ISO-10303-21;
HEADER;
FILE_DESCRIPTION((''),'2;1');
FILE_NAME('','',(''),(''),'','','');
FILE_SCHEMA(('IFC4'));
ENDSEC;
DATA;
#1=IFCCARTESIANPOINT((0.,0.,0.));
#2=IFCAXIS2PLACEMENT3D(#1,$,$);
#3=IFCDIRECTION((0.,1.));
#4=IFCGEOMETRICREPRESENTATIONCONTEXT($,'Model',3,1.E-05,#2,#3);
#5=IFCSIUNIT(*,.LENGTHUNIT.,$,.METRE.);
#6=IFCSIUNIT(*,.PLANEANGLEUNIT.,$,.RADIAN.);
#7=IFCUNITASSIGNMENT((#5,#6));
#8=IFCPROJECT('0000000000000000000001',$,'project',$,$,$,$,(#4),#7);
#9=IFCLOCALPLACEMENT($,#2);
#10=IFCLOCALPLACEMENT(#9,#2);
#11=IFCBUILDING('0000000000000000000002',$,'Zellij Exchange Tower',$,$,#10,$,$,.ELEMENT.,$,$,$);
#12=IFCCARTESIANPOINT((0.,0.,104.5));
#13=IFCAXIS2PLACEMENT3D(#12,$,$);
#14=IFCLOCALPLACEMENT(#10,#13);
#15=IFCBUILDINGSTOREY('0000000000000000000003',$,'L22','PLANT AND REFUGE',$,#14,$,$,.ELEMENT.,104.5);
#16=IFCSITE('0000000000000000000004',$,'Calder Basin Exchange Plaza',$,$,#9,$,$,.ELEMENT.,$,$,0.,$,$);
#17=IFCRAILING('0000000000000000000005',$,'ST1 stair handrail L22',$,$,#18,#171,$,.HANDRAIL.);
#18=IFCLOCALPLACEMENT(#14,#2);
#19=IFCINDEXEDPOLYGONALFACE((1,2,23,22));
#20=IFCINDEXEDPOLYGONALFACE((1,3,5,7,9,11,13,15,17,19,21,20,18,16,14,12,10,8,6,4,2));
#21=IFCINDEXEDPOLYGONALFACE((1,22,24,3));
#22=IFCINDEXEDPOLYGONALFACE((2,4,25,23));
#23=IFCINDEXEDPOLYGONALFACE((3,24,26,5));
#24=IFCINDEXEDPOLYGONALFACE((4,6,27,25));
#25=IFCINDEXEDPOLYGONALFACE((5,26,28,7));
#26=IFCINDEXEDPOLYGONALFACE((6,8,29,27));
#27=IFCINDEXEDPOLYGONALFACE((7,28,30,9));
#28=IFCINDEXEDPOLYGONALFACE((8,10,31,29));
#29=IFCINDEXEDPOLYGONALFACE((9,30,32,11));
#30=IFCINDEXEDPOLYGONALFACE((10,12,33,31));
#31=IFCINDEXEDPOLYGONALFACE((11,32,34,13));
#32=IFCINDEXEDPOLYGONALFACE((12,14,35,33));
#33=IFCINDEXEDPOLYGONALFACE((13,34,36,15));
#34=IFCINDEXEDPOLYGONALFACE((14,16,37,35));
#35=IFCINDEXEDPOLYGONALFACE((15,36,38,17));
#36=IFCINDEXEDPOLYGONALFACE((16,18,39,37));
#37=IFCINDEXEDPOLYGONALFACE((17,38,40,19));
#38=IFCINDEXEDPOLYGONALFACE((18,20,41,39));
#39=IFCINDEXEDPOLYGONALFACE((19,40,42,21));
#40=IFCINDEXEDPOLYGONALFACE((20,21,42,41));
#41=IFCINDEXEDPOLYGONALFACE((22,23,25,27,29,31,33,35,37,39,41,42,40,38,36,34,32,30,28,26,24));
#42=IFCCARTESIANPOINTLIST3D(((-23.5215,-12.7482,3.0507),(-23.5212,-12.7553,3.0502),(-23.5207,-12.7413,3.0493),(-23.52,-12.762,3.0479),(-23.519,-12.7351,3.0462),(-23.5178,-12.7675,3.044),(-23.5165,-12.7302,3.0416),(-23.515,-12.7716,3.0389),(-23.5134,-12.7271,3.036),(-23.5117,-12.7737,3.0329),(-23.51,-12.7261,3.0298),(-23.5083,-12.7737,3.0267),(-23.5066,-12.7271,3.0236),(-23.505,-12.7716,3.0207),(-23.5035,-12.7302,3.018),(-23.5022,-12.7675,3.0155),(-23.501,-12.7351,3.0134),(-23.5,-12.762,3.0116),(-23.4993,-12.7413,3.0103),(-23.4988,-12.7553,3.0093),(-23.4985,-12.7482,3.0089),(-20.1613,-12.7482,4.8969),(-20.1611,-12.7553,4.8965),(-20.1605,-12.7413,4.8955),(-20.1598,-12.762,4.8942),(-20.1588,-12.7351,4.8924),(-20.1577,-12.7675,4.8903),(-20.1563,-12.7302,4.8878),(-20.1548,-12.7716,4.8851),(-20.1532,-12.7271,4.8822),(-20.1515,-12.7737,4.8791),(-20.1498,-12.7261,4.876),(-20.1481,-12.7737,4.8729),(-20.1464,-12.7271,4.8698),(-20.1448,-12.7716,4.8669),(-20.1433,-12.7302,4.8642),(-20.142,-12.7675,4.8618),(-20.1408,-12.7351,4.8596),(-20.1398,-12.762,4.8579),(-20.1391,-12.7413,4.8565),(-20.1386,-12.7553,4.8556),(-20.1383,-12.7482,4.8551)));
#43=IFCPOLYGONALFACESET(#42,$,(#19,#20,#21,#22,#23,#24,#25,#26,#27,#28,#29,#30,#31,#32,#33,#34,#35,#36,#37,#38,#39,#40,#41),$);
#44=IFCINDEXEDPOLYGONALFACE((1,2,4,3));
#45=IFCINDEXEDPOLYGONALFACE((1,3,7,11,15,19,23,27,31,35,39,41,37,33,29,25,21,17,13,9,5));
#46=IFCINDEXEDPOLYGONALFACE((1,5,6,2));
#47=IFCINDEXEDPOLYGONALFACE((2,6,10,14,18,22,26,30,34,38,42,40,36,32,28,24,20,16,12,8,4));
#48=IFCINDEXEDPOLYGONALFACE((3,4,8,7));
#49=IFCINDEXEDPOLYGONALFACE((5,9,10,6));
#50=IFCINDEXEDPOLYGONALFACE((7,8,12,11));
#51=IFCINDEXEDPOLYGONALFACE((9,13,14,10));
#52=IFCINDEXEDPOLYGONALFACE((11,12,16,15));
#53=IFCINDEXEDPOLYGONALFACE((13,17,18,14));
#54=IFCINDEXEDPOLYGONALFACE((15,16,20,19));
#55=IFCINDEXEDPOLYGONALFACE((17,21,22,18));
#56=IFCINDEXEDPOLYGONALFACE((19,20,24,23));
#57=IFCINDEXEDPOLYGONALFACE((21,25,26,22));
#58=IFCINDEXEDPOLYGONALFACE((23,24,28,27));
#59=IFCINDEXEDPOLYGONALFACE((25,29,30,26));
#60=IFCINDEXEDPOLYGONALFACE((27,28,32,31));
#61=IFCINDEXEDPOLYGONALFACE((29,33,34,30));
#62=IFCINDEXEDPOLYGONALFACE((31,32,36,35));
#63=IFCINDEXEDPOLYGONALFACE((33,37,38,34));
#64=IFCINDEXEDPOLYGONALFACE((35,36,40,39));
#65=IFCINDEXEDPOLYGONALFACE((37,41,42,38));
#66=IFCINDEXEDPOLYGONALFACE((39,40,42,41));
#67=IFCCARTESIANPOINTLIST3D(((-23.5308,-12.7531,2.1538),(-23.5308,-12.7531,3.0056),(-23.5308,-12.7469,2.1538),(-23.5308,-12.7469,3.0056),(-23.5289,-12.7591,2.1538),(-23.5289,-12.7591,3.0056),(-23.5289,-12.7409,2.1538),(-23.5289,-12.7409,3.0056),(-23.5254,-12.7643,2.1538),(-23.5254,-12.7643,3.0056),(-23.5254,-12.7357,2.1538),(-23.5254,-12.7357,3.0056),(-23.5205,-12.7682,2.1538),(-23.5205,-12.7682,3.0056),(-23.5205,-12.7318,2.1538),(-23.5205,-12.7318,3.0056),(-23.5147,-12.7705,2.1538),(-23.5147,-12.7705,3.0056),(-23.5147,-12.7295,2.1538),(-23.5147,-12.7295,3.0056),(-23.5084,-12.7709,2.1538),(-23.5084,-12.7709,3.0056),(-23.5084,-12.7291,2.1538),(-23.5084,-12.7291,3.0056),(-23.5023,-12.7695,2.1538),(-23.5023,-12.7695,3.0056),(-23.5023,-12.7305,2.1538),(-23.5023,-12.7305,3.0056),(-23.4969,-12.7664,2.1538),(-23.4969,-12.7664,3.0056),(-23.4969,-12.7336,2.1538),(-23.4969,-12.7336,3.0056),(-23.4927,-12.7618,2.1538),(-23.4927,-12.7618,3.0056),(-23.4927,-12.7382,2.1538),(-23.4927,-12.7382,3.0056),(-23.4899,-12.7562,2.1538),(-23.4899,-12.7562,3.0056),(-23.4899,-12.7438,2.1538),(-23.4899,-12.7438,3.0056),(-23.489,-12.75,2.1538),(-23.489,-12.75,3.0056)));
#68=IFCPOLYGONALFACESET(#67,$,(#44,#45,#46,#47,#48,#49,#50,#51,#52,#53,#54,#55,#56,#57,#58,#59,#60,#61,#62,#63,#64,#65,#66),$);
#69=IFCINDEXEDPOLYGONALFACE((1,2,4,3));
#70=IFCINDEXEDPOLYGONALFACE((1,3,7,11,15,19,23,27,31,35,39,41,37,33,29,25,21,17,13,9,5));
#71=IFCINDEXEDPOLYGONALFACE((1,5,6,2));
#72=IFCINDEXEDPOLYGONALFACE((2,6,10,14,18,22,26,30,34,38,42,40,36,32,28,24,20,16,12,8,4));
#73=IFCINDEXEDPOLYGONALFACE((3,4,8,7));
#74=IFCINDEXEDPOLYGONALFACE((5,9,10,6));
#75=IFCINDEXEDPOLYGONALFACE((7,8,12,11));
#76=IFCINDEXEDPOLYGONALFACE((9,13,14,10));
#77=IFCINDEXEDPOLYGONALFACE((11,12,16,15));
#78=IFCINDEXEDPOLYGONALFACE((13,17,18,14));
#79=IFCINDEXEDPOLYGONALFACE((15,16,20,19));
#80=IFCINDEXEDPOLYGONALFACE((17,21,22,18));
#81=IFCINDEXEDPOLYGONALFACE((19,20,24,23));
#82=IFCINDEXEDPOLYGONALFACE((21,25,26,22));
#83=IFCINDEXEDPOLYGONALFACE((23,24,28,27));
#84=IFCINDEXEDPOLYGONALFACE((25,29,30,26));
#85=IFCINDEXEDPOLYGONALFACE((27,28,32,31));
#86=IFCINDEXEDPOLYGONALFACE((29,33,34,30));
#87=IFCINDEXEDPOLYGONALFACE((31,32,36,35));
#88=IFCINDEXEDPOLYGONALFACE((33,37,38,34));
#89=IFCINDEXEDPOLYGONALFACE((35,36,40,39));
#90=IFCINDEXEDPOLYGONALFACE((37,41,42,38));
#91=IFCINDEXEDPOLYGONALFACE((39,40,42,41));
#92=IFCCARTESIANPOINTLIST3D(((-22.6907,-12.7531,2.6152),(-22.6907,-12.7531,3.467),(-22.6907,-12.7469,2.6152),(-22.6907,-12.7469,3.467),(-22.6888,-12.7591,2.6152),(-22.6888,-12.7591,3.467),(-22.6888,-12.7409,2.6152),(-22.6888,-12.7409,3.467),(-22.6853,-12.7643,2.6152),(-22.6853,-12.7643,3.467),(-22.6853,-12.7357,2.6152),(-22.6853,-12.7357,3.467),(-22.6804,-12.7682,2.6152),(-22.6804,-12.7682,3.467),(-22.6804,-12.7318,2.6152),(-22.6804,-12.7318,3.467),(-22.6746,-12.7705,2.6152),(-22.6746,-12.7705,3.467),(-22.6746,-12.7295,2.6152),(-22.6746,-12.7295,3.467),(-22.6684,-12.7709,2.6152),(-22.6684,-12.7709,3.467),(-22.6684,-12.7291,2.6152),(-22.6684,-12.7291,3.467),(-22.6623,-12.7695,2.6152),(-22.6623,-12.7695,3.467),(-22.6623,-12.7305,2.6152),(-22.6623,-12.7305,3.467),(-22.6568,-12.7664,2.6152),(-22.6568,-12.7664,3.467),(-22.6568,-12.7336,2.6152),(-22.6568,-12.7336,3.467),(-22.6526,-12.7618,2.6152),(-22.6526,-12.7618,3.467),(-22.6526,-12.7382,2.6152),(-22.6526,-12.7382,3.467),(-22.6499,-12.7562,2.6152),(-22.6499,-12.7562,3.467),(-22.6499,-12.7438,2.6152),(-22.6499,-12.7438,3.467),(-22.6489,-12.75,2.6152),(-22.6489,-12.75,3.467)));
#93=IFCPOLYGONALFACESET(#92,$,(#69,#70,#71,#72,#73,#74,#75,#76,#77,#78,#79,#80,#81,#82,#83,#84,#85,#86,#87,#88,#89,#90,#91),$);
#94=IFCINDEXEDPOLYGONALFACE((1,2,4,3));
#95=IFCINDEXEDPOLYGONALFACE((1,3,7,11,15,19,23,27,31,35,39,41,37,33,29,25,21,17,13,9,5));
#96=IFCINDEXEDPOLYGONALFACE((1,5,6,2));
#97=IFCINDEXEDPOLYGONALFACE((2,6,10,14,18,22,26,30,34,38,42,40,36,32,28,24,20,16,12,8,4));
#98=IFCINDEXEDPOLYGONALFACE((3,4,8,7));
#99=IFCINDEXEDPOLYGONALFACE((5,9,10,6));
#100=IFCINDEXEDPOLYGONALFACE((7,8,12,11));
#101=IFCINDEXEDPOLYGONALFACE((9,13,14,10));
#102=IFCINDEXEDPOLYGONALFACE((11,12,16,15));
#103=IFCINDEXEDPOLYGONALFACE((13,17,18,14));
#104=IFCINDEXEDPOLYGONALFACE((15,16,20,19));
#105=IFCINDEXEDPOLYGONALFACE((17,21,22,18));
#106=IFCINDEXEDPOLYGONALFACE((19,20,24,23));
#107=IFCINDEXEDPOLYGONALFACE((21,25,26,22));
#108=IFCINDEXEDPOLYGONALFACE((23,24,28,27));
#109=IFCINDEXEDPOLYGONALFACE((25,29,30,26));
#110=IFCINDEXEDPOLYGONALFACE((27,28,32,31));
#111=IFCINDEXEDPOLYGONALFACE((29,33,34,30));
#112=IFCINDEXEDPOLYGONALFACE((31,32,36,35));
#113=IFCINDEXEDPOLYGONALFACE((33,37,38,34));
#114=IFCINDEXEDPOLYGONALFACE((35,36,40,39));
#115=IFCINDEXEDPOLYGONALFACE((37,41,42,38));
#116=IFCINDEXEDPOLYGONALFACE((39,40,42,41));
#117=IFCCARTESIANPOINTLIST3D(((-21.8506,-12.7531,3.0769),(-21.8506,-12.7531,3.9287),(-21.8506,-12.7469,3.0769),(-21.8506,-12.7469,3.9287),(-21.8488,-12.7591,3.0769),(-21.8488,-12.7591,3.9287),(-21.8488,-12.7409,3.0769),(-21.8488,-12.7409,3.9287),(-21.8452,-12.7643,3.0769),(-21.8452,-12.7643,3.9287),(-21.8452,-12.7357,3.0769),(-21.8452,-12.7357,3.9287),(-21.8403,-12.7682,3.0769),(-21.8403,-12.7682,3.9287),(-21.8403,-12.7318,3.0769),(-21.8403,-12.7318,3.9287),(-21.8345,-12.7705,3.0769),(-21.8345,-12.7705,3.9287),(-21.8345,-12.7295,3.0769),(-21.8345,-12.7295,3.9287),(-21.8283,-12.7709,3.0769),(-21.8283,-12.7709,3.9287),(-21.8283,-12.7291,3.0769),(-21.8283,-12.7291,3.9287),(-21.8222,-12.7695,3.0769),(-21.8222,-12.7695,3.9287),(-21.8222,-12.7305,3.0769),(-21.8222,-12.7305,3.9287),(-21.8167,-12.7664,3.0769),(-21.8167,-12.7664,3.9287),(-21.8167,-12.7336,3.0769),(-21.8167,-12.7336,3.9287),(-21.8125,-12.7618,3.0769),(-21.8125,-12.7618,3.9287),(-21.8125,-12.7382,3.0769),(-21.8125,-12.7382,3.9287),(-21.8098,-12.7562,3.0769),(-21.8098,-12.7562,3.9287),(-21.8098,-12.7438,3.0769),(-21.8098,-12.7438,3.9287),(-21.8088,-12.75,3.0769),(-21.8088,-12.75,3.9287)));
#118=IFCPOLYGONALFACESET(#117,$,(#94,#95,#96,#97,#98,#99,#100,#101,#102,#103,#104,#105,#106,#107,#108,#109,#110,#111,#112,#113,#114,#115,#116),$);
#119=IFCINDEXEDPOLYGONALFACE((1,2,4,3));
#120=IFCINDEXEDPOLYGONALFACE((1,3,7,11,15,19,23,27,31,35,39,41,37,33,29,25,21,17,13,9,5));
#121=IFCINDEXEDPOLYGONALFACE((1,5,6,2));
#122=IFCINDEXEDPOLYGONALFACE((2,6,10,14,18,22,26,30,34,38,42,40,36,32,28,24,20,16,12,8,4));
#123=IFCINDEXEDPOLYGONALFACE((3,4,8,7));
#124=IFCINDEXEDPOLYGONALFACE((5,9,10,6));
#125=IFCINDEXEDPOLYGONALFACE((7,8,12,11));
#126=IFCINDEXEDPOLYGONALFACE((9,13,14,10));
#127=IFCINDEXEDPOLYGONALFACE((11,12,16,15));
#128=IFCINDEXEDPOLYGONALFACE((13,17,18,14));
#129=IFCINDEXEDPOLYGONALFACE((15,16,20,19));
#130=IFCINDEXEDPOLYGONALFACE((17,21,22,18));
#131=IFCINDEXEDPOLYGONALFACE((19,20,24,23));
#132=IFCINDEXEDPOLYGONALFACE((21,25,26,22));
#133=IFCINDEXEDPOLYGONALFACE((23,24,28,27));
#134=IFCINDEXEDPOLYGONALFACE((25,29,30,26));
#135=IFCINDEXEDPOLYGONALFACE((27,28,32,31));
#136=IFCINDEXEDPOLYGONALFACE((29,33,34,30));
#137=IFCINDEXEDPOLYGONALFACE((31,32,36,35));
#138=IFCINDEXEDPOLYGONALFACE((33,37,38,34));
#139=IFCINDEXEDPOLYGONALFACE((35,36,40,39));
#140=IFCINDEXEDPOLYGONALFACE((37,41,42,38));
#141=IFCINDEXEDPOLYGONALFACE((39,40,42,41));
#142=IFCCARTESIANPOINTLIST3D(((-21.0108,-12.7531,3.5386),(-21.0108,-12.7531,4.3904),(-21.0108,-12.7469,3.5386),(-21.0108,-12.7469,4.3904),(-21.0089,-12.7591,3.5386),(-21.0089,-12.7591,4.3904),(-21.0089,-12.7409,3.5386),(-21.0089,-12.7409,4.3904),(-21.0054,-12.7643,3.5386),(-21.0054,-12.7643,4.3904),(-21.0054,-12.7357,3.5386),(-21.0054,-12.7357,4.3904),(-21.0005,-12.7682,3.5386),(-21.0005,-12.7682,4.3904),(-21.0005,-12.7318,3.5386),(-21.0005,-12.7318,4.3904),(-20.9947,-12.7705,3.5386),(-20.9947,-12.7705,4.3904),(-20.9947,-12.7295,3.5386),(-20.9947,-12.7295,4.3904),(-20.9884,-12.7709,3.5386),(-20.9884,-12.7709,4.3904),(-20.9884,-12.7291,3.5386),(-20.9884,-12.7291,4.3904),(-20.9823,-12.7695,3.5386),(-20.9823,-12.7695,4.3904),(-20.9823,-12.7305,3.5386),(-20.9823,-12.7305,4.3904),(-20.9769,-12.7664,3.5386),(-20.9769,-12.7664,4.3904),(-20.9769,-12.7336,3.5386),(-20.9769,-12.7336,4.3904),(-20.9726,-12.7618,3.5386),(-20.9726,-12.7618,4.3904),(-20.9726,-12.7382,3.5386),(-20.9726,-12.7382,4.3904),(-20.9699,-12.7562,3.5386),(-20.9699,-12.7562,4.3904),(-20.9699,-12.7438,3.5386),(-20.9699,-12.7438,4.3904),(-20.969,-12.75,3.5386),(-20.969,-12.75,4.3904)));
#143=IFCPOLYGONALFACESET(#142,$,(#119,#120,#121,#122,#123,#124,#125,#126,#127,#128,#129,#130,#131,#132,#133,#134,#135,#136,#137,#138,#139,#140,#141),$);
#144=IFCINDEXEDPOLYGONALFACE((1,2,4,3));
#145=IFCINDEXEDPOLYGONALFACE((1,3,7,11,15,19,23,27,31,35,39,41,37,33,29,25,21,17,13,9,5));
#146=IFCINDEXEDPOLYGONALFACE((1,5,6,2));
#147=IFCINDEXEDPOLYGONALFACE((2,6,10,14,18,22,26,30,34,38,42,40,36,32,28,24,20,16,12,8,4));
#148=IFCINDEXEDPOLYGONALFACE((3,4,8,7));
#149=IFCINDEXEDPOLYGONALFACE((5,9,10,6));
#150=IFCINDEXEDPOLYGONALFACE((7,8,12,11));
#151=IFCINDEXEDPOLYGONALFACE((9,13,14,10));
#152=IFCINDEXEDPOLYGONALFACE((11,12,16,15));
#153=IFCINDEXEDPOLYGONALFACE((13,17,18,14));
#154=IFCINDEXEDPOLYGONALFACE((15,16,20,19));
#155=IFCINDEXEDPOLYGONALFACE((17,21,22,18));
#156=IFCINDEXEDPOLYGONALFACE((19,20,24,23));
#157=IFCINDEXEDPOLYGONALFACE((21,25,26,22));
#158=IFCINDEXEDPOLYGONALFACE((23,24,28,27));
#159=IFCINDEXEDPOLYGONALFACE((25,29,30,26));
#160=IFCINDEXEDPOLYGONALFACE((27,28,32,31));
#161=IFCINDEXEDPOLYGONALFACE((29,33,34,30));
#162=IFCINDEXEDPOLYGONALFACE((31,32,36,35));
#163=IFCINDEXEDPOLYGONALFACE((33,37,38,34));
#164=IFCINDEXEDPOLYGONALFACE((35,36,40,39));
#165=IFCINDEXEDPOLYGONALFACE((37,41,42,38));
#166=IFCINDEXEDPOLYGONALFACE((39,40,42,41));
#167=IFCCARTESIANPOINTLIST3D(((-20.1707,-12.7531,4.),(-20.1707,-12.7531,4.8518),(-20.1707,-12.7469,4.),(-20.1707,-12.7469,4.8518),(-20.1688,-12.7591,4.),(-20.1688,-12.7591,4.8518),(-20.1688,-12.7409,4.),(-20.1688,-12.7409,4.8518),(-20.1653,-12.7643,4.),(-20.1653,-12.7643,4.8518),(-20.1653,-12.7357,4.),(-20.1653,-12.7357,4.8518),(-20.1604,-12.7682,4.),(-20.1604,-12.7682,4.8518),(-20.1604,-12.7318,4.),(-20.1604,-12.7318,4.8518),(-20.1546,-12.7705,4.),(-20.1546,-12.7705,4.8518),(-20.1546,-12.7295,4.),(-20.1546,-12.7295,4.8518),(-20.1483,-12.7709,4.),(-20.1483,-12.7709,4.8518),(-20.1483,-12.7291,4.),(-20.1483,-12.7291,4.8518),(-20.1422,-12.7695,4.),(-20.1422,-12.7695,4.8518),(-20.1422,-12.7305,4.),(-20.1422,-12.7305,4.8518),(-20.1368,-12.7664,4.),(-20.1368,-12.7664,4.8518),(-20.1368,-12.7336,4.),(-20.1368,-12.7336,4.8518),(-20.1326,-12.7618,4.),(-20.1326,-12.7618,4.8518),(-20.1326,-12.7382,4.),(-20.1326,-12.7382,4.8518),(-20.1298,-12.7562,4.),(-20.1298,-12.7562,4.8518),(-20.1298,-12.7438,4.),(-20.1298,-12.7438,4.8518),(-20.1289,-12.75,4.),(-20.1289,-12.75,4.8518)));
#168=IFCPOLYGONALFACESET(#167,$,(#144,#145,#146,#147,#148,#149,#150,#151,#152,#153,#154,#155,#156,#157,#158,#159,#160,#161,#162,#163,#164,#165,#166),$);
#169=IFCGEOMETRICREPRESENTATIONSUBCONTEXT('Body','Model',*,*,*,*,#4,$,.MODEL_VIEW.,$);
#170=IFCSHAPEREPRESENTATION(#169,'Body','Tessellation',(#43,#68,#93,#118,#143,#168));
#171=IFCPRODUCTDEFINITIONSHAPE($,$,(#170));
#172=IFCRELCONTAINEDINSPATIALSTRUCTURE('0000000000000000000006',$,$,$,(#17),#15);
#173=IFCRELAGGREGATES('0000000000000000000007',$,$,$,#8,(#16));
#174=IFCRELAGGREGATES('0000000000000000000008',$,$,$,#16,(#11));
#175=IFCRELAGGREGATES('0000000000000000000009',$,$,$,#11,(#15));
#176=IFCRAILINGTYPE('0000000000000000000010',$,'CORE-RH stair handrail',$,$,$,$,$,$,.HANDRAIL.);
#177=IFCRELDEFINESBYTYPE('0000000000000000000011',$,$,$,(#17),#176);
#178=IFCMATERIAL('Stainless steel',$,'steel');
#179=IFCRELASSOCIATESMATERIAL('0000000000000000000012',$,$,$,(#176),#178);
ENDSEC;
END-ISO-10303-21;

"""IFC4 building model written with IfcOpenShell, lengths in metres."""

from ifc_helpers import new_model, si_unit, direction, frame, origin, origin_2d, place, context, subcontext, project, spatial, circle, extrude, material, type_object, element, save


model = new_model("IFC4")

# Units and contexts
model_context = context("Model", 3, precision=1e-05, world=origin(), true_north=direction((0.0, 1.0)))
body_context = subcontext(model_context, "Body", "Model", "MODEL_VIEW")
ifc_project = project(units=[si_unit("LENGTHUNIT", "METRE"), si_unit("PLANEANGLEUNIT", "RADIAN")], contexts=[model_context])

# Site, building, storey
site_placement = place(None, origin())
site = spatial("IfcSite", under=ifc_project, at=site_placement, Name="Calder Basin Exchange Plaza", CompositionType="ELEMENT", RefElevation=0.0)
building_placement = place(site_placement, origin())
building = spatial("IfcBuilding", under=site, at=building_placement, Name="Zellij Exchange Tower", CompositionType="ELEMENT")
storey_placement = place(building_placement, frame((0.0, 0.0, 104.5)))
storey = spatial("IfcBuildingStorey", under=building, at=storey_placement, Name="L22", Description="PLANT AND REFUGE", CompositionType="ELEMENT", Elevation=104.5)

# Railing
ifc_material_1 = material(Name="Stainless steel", Category="steel")
railing_type = type_object("IfcRailingType", Name="CORE-RH stair handrail", PredefinedType="HANDRAIL", material=ifc_material_1)
railing_placement = place(storey_placement, frame((-23.51, -12.75, 2.1538)))
element("IfcRailing", 1, at=railing_placement, inside=storey, type_object=railing_type, Name="ST1 stair handrail L22", PredefinedType="HANDRAIL", context=body_context, shape_type="SweptSolid", body=[
    extrude(circle(Radius=0.0239, at=origin_2d()), frame((0.0, 0.0, 0.876), z_axis=(0.876422, 0.0, 0.481545), x_axis=(0.0, 1.0, 0.0)), (0.0, 0.0, 1.0), 3.834),
    extrude(circle(Radius=0.021, at=origin_2d()), origin(), (0.0, 0.0, 1.0), 0.8518),
    extrude(circle(Radius=0.021, at=origin_2d()), frame((0.8401, 0.0, 0.4614)), (0.0, 0.0, 1.0), 0.8518),
    extrude(circle(Radius=0.021, at=origin_2d()), frame((1.6802, 0.0, 0.9231)), (0.0, 0.0, 1.0), 0.8518),
    extrude(circle(Radius=0.021, at=origin_2d()), frame((2.52, 0.0, 1.3848)), (0.0, 0.0, 1.0), 0.8518),
    extrude(circle(Radius=0.021, at=origin_2d()), frame((3.3601, 0.0, 1.8462)), (0.0, 0.0, 1.0), 0.8518),
])

save(model, "model.ifc")
